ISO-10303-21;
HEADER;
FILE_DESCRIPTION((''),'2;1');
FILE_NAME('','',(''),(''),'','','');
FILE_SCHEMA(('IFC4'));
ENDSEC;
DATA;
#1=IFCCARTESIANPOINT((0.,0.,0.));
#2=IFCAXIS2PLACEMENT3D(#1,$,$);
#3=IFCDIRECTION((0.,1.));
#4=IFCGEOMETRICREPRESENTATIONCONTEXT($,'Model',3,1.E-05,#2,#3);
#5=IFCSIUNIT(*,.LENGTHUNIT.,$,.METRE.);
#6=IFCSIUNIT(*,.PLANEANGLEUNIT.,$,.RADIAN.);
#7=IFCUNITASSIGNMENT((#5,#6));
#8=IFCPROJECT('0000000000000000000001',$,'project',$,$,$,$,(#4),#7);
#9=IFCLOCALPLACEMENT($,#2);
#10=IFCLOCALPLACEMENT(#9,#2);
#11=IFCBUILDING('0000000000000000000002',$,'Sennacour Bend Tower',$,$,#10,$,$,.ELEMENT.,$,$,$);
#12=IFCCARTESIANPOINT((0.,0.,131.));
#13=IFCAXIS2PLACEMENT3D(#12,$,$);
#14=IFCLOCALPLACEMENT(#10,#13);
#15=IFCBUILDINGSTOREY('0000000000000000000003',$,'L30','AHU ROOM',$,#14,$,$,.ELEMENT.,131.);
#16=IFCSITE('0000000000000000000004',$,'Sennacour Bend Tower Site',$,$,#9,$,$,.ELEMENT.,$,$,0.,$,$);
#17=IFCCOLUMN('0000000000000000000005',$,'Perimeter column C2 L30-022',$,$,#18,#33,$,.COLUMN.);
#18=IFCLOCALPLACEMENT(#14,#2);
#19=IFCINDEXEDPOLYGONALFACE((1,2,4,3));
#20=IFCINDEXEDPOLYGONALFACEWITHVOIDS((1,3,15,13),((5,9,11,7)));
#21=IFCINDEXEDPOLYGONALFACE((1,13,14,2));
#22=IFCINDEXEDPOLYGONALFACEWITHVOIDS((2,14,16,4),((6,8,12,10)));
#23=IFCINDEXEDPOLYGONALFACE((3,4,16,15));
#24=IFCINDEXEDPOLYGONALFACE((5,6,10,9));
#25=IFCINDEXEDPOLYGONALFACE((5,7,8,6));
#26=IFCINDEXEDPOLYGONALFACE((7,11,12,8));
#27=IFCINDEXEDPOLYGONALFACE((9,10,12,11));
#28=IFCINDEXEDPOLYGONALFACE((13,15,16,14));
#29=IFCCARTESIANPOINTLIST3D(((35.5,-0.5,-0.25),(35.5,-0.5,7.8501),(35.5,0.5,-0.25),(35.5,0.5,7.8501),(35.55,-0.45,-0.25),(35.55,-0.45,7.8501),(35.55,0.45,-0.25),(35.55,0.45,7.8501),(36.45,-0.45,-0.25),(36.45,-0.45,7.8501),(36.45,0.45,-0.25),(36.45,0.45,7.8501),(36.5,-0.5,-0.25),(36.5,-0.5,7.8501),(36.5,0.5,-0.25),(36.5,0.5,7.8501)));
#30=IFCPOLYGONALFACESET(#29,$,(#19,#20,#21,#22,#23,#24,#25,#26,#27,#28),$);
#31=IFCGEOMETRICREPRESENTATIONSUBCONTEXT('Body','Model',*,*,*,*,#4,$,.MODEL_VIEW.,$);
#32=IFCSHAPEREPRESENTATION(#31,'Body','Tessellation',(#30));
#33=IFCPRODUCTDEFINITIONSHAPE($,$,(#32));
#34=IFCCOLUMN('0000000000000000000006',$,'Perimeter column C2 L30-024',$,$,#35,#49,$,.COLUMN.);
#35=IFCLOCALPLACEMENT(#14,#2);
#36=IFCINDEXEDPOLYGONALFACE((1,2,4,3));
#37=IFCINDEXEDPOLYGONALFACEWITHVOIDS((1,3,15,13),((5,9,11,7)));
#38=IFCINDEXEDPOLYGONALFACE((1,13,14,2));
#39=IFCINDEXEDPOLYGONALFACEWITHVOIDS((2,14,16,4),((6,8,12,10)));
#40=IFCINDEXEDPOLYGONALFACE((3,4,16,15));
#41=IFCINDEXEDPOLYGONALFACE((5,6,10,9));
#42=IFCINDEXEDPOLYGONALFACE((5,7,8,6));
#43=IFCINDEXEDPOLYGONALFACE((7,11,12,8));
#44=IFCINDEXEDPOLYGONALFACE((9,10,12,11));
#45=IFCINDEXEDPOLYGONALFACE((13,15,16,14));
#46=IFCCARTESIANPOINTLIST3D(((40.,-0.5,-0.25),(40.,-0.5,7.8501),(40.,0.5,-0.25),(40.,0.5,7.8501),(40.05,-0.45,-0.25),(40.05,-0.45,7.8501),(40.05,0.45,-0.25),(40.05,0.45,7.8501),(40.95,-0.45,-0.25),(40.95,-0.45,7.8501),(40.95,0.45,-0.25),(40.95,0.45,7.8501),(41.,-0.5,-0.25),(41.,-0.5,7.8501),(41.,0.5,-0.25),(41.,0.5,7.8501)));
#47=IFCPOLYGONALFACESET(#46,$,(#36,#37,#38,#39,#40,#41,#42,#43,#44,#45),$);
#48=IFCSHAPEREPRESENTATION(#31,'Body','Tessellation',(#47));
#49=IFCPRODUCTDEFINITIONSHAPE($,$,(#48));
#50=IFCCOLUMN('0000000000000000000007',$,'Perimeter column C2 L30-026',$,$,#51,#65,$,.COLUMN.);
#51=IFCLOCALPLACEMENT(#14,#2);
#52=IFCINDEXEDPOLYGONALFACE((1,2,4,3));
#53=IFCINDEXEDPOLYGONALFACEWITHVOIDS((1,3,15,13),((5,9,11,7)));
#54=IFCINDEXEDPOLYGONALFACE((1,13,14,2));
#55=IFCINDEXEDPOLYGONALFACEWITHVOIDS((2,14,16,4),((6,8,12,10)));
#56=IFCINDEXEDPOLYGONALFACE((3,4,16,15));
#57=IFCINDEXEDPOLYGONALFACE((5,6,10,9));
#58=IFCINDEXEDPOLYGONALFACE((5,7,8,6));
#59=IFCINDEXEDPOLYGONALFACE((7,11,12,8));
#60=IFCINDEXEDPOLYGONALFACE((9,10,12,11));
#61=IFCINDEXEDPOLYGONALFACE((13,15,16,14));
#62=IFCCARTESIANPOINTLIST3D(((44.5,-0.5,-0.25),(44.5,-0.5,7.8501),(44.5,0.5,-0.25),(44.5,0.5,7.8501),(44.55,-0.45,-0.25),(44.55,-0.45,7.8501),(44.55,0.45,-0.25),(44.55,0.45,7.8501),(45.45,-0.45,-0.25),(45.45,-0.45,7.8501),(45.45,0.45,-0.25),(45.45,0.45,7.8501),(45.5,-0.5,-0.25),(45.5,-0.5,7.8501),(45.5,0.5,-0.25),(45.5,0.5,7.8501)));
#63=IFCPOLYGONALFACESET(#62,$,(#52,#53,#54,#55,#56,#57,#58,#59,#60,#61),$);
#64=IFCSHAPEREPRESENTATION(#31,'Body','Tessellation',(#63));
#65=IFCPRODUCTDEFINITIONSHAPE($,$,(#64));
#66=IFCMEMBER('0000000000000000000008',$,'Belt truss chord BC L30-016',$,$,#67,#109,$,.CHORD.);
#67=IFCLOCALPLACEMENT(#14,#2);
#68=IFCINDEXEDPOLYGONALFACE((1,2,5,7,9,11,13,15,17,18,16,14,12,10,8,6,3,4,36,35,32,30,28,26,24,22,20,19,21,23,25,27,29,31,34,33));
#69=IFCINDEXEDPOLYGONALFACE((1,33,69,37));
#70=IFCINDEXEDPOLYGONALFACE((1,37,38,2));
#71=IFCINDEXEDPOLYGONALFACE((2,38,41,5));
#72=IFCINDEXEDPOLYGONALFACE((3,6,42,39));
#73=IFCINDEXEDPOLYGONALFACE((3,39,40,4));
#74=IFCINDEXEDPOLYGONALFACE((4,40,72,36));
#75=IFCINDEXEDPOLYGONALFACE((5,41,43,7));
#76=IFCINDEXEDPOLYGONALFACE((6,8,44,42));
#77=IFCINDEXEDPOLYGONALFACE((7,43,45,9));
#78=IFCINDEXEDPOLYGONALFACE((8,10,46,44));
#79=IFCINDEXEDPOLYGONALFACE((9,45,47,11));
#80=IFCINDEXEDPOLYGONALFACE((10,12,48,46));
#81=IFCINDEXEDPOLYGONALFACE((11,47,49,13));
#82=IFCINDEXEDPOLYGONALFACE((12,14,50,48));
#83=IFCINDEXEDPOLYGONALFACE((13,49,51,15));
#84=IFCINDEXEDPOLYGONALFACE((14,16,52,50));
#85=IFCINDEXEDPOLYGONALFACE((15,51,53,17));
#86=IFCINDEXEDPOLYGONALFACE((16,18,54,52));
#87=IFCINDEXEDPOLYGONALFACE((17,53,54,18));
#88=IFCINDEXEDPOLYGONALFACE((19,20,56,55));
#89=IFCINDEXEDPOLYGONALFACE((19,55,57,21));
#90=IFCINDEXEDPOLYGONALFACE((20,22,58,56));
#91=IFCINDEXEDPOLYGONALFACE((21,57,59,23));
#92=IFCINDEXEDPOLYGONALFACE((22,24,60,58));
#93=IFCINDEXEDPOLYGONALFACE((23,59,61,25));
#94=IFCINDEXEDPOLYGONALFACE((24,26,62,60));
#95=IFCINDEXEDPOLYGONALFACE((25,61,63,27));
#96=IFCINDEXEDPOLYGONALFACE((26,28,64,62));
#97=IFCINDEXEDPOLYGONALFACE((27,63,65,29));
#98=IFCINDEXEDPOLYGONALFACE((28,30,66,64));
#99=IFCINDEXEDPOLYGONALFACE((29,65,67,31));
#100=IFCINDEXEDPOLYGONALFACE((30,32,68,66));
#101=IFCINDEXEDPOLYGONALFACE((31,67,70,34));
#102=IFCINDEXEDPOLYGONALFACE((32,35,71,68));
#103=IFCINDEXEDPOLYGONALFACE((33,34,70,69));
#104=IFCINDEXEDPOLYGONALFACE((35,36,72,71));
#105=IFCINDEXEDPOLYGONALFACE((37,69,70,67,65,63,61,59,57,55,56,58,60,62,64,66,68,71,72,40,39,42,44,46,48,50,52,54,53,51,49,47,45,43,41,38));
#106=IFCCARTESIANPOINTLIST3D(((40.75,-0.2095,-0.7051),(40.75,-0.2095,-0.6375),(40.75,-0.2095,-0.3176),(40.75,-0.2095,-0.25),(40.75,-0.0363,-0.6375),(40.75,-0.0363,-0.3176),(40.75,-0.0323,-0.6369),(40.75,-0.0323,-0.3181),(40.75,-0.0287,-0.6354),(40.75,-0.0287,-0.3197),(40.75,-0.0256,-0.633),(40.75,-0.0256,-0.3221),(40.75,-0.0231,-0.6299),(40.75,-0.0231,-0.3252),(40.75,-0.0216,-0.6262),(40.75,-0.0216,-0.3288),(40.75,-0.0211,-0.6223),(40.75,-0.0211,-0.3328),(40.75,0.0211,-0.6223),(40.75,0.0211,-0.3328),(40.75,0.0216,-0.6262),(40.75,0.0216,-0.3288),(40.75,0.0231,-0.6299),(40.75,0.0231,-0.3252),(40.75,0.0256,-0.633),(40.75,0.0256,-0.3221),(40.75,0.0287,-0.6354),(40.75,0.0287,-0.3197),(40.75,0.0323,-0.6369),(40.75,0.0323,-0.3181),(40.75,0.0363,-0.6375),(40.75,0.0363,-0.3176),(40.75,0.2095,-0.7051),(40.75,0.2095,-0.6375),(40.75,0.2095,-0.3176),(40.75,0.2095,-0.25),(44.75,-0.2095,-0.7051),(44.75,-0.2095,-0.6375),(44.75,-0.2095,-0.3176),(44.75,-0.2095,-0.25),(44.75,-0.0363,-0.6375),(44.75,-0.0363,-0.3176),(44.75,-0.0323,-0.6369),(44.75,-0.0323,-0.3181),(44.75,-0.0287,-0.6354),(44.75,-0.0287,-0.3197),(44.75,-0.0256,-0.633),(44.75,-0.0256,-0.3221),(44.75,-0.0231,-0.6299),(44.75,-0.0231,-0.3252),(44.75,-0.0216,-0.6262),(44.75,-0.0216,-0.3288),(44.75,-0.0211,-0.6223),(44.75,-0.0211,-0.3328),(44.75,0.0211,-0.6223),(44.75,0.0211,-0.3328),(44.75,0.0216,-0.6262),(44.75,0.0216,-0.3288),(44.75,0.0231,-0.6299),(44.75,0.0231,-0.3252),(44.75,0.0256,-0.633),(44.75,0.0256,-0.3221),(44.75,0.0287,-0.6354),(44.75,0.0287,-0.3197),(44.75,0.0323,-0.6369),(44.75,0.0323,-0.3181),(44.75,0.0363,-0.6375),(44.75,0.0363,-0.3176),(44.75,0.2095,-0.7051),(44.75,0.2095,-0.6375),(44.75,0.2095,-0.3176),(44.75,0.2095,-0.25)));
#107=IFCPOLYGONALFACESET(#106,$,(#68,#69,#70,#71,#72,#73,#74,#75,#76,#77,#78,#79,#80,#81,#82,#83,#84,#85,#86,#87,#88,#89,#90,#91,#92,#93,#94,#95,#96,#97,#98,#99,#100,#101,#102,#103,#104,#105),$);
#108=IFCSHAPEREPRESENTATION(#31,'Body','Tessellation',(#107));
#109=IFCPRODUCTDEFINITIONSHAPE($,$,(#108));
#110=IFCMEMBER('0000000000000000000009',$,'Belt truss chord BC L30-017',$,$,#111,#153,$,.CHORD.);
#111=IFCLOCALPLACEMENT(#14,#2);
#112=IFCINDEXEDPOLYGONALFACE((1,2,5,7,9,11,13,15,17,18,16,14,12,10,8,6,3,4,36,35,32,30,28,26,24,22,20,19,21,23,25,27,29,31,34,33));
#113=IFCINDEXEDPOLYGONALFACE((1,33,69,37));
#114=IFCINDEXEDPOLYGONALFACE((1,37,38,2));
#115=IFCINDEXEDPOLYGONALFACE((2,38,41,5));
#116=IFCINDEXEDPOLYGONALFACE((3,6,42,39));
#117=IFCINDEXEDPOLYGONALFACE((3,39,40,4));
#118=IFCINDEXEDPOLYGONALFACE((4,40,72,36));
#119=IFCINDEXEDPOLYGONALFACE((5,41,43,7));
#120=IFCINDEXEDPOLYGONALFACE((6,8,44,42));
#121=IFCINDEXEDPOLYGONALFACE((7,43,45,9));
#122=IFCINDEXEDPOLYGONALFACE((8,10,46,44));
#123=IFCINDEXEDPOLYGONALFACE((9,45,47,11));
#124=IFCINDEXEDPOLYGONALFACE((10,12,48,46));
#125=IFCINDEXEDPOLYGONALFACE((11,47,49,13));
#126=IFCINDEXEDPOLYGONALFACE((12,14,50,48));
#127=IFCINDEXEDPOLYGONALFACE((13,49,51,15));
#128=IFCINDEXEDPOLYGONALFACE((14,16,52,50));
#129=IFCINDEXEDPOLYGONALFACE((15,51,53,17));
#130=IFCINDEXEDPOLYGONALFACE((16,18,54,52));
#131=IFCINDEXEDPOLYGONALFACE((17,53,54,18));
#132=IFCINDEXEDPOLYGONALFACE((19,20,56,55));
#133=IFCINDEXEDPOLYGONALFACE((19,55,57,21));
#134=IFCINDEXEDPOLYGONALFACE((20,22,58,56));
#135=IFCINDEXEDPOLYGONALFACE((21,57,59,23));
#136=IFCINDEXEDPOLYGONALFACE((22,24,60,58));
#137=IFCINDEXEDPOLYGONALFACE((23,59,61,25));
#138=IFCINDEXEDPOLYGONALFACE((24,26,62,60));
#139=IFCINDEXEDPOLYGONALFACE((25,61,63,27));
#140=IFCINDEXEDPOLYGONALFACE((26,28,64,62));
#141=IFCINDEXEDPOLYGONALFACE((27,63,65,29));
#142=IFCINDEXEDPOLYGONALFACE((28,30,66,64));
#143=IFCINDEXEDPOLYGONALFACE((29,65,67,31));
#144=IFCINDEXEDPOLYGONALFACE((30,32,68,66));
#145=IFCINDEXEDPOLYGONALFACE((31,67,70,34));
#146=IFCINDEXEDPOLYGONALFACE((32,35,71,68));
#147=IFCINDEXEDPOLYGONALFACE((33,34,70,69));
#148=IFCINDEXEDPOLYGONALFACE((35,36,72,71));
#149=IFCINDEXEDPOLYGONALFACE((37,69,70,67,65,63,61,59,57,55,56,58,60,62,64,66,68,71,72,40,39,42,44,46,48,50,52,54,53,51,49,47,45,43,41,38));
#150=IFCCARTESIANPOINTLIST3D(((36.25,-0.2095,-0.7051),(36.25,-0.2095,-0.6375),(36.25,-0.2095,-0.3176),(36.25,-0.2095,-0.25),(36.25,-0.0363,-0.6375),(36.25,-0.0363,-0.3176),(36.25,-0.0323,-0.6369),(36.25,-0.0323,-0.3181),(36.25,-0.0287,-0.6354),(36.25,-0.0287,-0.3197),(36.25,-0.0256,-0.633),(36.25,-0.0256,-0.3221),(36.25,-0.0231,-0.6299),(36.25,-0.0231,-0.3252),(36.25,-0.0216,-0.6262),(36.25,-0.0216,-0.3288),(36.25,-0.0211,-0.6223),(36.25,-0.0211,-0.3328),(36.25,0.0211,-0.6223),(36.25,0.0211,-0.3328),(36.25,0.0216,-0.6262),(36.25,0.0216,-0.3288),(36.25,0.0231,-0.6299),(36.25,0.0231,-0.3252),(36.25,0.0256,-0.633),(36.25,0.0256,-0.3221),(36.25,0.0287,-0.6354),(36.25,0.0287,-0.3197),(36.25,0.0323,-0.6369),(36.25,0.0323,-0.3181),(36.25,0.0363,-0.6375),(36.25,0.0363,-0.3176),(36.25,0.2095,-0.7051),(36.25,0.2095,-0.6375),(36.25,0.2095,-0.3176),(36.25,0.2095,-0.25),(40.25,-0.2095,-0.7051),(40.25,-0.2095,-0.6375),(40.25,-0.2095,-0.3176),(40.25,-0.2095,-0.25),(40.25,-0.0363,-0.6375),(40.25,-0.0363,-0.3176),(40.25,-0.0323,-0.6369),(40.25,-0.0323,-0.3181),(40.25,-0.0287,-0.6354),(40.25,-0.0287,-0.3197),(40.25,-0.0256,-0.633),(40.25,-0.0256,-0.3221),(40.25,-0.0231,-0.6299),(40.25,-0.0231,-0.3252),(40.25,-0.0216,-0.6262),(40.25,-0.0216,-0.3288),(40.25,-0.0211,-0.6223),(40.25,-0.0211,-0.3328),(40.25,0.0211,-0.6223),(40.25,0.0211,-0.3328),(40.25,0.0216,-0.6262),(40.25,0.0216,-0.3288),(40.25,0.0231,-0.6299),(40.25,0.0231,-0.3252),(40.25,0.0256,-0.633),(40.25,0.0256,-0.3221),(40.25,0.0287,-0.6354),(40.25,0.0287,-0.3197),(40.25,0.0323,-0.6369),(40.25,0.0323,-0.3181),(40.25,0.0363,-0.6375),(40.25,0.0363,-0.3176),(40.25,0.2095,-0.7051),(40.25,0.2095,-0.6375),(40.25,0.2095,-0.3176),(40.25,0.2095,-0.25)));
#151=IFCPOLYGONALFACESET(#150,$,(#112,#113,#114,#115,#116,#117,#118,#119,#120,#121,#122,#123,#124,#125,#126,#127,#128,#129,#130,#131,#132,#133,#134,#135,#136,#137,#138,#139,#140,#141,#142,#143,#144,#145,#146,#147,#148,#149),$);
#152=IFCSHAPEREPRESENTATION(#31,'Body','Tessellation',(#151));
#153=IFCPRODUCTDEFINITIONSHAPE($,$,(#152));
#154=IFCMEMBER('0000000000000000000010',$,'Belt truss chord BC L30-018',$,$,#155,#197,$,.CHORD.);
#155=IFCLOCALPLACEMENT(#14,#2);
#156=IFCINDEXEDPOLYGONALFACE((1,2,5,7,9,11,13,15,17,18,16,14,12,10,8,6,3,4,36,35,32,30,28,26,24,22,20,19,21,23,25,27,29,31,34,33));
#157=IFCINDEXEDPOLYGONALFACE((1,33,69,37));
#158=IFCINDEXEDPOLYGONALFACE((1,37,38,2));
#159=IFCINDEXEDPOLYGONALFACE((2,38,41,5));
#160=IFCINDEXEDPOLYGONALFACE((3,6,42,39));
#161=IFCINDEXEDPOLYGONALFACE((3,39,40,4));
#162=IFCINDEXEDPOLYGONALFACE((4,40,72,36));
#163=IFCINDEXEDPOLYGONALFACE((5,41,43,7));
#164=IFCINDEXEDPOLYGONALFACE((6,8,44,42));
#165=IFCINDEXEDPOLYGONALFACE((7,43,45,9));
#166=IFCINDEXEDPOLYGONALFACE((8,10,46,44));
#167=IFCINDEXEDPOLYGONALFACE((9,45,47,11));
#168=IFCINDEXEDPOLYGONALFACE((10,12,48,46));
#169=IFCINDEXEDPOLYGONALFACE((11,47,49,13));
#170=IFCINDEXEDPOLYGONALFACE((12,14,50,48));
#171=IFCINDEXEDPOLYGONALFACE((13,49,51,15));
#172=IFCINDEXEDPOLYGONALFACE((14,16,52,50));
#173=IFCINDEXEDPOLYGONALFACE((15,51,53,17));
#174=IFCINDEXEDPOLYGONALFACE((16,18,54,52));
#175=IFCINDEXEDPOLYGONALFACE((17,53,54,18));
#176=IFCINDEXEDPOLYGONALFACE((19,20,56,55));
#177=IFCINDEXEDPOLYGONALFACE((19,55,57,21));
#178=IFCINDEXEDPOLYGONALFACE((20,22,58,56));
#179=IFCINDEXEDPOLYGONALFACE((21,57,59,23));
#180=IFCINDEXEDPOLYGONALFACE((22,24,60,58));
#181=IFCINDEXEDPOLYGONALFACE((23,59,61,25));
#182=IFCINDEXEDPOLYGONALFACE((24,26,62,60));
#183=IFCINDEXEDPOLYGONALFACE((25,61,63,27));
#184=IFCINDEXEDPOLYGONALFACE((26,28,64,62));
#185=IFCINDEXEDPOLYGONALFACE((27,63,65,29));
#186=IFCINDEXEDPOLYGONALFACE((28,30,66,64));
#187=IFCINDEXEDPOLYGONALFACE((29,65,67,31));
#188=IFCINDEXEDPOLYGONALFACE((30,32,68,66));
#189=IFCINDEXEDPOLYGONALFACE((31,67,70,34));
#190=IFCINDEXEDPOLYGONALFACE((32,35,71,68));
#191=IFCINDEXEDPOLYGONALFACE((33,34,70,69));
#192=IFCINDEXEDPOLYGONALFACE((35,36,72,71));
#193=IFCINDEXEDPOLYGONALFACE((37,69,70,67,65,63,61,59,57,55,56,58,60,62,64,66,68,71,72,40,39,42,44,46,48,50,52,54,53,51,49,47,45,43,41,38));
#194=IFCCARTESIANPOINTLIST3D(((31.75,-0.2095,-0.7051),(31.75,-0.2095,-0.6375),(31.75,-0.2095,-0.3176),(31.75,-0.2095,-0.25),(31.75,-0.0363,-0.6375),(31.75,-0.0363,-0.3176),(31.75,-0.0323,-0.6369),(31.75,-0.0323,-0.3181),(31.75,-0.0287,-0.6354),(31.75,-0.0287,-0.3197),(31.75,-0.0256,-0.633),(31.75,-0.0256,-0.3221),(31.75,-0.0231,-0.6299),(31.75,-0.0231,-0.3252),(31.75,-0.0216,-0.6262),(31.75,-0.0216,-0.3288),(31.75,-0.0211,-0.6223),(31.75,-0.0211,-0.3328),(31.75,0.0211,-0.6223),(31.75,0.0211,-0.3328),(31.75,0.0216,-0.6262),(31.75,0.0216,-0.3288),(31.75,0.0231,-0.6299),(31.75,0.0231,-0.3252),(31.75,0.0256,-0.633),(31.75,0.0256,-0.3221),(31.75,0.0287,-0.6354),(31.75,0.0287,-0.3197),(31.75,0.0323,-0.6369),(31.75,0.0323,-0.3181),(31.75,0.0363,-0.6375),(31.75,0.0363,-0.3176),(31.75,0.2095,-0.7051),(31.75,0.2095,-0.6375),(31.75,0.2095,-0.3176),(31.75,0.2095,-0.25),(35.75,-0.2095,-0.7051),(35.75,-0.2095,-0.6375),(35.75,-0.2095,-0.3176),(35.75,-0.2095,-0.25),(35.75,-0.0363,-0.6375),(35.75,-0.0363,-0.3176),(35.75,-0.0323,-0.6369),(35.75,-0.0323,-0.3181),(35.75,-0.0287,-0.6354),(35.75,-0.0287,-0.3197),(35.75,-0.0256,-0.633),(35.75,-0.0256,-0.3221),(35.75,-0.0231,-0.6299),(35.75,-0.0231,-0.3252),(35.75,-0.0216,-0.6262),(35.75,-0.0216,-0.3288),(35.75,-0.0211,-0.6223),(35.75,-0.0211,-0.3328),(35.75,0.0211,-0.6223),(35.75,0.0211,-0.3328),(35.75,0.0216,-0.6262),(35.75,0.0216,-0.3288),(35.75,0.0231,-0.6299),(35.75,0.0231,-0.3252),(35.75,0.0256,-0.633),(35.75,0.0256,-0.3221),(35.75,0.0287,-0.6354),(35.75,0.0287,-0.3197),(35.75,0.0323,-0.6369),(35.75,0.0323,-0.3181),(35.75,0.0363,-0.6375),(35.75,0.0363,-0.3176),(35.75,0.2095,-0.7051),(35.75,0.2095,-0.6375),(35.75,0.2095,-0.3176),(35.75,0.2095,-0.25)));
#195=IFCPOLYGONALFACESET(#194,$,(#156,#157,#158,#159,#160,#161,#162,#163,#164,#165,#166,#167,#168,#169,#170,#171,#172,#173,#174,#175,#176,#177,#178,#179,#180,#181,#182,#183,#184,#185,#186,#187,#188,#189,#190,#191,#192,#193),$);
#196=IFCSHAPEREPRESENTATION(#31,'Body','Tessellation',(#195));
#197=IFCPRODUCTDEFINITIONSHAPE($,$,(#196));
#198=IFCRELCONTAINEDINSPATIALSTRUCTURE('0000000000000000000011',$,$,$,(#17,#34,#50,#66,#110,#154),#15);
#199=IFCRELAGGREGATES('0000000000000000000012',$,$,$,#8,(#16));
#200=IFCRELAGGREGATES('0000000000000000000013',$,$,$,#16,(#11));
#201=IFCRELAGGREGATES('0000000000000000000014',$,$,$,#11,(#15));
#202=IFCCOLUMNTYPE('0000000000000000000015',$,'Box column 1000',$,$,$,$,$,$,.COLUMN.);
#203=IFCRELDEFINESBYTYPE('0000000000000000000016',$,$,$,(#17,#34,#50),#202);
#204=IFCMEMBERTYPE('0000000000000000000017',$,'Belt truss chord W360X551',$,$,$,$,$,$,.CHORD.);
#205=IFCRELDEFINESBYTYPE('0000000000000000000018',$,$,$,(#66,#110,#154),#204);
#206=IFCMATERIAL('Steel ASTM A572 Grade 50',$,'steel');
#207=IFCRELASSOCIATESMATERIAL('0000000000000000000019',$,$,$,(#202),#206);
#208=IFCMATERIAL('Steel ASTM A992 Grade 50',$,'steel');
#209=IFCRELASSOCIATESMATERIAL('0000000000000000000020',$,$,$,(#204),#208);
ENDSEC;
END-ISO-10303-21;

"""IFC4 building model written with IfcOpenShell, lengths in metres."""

from ifc_helpers import new_model, si_unit, direction, frame, origin, origin_2d, place, context, subcontext, project, spatial, hollow_rectangle, i_section, extrude, material, material_profile, profile_set, type_object, element, save


model = new_model("IFC4")

# Units and contexts
model_context = context("Model", 3, precision=1e-05, world=origin(), true_north=direction((0.0, 1.0)))
body_context = subcontext(model_context, "Body", "Model", "MODEL_VIEW")
ifc_project = project(units=[si_unit("LENGTHUNIT", "METRE"), si_unit("PLANEANGLEUNIT", "RADIAN")], contexts=[model_context])

# Site, building, storey
site_placement = place(None, origin())
site = spatial("IfcSite", under=ifc_project, at=site_placement, Name="Sennacour Bend Tower Site", CompositionType="ELEMENT", RefElevation=0.0)
building_placement = place(site_placement, origin())
building = spatial("IfcBuilding", under=site, at=building_placement, Name="Sennacour Bend Tower", CompositionType="ELEMENT")
storey_placement = place(building_placement, frame((0.0, 0.0, 131.0)))
storey = spatial("IfcBuildingStorey", under=building, at=storey_placement, Name="L30", Description="AHU ROOM", CompositionType="ELEMENT", Elevation=131.0)

# Columns
ifc_material_1 = material(Name="Steel ASTM A572 Grade 50", Category="steel")
ifc_material_profile_1 = material_profile(ifc_material_1, hollow_rectangle(XDim=1.0, YDim=1.0, WallThickness=0.05, at=origin_2d()), Name="Steel ASTM A572 Grade 50", Category="steel")
ifc_profile_set_1 = profile_set([ifc_material_profile_1], Name="Steel ASTM A572 Grade 50")
column_type = type_object("IfcColumnType", Name="Box column 1000", PredefinedType="COLUMN", material=ifc_profile_set_1)
for number, where, z_axis, x_axis, name in (
    (1, (36.0, 0.0, -0.25), (0.0, 0.0, 1.0), (1.0, 0.0, 0.0), "Perimeter column C2 L30-022"),
    (2, (40.5, 0.0, -0.25), (0.0, 0.0, 1.0), (1.0, 0.0, 0.0), "Perimeter column C2 L30-024"),
    (3, (45.0, 0.0, -0.25), (0.0, 0.0, 1.0), (1.0, 0.0, 0.0), "Perimeter column C2 L30-026"),
):
    element("IfcColumn", number, at=place(storey_placement, frame(where, z_axis=z_axis, x_axis=x_axis)), inside=storey, type_object=column_type, Name=name, PredefinedType="COLUMN", context=body_context, shape_type="SweptSolid", body=[
        extrude(hollow_rectangle(XDim=1.0, YDim=1.0, WallThickness=0.05, at=origin_2d()), origin(), (0.0, 0.0, 1.0), 8.1001),
    ])

# Members
ifc_material_2 = material(Name="Steel ASTM A992 Grade 50", Category="steel")
ifc_material_profile_2 = material_profile(ifc_material_2, i_section(OverallWidth=0.4189, OverallDepth=0.4551, WebThickness=0.0422, FlangeThickness=0.0676, FilletRadius=0.0151, at=origin_2d()), Name="Steel ASTM A992 Grade 50", Category="steel")
ifc_profile_set_2 = profile_set([ifc_material_profile_2], Name="Steel ASTM A992 Grade 50")
member_type_1 = type_object("IfcMemberType", Name="Belt truss chord W360X551", PredefinedType="CHORD", material=ifc_profile_set_2)
for number, where, z_axis, x_axis, name in (
    (4, (44.75, 0.0, -0.4775), (-1.0, 0.0, 0.0), (0.0, -1.0, 0.0), "Belt truss chord BC L30-016"),
    (5, (40.25, 0.0, -0.4775), (-1.0, 0.0, 0.0), (0.0, -1.0, 0.0), "Belt truss chord BC L30-017"),
    (6, (35.75, 0.0, -0.4775), (-1.0, 0.0, 0.0), (0.0, -1.0, 0.0), "Belt truss chord BC L30-018"),
):
    element("IfcMember", number, at=place(storey_placement, frame(where, z_axis=z_axis, x_axis=x_axis)), inside=storey, type_object=member_type_1, Name=name, PredefinedType="CHORD", context=body_context, shape_type="SweptSolid", body=[
        extrude(i_section(OverallWidth=0.4189, OverallDepth=0.4551, WebThickness=0.0422, FlangeThickness=0.0676, FilletRadius=0.0151, at=origin_2d()), origin(), (0.0, 0.0, 1.0), 4.0),
    ])

save(model, "model.ifc")
